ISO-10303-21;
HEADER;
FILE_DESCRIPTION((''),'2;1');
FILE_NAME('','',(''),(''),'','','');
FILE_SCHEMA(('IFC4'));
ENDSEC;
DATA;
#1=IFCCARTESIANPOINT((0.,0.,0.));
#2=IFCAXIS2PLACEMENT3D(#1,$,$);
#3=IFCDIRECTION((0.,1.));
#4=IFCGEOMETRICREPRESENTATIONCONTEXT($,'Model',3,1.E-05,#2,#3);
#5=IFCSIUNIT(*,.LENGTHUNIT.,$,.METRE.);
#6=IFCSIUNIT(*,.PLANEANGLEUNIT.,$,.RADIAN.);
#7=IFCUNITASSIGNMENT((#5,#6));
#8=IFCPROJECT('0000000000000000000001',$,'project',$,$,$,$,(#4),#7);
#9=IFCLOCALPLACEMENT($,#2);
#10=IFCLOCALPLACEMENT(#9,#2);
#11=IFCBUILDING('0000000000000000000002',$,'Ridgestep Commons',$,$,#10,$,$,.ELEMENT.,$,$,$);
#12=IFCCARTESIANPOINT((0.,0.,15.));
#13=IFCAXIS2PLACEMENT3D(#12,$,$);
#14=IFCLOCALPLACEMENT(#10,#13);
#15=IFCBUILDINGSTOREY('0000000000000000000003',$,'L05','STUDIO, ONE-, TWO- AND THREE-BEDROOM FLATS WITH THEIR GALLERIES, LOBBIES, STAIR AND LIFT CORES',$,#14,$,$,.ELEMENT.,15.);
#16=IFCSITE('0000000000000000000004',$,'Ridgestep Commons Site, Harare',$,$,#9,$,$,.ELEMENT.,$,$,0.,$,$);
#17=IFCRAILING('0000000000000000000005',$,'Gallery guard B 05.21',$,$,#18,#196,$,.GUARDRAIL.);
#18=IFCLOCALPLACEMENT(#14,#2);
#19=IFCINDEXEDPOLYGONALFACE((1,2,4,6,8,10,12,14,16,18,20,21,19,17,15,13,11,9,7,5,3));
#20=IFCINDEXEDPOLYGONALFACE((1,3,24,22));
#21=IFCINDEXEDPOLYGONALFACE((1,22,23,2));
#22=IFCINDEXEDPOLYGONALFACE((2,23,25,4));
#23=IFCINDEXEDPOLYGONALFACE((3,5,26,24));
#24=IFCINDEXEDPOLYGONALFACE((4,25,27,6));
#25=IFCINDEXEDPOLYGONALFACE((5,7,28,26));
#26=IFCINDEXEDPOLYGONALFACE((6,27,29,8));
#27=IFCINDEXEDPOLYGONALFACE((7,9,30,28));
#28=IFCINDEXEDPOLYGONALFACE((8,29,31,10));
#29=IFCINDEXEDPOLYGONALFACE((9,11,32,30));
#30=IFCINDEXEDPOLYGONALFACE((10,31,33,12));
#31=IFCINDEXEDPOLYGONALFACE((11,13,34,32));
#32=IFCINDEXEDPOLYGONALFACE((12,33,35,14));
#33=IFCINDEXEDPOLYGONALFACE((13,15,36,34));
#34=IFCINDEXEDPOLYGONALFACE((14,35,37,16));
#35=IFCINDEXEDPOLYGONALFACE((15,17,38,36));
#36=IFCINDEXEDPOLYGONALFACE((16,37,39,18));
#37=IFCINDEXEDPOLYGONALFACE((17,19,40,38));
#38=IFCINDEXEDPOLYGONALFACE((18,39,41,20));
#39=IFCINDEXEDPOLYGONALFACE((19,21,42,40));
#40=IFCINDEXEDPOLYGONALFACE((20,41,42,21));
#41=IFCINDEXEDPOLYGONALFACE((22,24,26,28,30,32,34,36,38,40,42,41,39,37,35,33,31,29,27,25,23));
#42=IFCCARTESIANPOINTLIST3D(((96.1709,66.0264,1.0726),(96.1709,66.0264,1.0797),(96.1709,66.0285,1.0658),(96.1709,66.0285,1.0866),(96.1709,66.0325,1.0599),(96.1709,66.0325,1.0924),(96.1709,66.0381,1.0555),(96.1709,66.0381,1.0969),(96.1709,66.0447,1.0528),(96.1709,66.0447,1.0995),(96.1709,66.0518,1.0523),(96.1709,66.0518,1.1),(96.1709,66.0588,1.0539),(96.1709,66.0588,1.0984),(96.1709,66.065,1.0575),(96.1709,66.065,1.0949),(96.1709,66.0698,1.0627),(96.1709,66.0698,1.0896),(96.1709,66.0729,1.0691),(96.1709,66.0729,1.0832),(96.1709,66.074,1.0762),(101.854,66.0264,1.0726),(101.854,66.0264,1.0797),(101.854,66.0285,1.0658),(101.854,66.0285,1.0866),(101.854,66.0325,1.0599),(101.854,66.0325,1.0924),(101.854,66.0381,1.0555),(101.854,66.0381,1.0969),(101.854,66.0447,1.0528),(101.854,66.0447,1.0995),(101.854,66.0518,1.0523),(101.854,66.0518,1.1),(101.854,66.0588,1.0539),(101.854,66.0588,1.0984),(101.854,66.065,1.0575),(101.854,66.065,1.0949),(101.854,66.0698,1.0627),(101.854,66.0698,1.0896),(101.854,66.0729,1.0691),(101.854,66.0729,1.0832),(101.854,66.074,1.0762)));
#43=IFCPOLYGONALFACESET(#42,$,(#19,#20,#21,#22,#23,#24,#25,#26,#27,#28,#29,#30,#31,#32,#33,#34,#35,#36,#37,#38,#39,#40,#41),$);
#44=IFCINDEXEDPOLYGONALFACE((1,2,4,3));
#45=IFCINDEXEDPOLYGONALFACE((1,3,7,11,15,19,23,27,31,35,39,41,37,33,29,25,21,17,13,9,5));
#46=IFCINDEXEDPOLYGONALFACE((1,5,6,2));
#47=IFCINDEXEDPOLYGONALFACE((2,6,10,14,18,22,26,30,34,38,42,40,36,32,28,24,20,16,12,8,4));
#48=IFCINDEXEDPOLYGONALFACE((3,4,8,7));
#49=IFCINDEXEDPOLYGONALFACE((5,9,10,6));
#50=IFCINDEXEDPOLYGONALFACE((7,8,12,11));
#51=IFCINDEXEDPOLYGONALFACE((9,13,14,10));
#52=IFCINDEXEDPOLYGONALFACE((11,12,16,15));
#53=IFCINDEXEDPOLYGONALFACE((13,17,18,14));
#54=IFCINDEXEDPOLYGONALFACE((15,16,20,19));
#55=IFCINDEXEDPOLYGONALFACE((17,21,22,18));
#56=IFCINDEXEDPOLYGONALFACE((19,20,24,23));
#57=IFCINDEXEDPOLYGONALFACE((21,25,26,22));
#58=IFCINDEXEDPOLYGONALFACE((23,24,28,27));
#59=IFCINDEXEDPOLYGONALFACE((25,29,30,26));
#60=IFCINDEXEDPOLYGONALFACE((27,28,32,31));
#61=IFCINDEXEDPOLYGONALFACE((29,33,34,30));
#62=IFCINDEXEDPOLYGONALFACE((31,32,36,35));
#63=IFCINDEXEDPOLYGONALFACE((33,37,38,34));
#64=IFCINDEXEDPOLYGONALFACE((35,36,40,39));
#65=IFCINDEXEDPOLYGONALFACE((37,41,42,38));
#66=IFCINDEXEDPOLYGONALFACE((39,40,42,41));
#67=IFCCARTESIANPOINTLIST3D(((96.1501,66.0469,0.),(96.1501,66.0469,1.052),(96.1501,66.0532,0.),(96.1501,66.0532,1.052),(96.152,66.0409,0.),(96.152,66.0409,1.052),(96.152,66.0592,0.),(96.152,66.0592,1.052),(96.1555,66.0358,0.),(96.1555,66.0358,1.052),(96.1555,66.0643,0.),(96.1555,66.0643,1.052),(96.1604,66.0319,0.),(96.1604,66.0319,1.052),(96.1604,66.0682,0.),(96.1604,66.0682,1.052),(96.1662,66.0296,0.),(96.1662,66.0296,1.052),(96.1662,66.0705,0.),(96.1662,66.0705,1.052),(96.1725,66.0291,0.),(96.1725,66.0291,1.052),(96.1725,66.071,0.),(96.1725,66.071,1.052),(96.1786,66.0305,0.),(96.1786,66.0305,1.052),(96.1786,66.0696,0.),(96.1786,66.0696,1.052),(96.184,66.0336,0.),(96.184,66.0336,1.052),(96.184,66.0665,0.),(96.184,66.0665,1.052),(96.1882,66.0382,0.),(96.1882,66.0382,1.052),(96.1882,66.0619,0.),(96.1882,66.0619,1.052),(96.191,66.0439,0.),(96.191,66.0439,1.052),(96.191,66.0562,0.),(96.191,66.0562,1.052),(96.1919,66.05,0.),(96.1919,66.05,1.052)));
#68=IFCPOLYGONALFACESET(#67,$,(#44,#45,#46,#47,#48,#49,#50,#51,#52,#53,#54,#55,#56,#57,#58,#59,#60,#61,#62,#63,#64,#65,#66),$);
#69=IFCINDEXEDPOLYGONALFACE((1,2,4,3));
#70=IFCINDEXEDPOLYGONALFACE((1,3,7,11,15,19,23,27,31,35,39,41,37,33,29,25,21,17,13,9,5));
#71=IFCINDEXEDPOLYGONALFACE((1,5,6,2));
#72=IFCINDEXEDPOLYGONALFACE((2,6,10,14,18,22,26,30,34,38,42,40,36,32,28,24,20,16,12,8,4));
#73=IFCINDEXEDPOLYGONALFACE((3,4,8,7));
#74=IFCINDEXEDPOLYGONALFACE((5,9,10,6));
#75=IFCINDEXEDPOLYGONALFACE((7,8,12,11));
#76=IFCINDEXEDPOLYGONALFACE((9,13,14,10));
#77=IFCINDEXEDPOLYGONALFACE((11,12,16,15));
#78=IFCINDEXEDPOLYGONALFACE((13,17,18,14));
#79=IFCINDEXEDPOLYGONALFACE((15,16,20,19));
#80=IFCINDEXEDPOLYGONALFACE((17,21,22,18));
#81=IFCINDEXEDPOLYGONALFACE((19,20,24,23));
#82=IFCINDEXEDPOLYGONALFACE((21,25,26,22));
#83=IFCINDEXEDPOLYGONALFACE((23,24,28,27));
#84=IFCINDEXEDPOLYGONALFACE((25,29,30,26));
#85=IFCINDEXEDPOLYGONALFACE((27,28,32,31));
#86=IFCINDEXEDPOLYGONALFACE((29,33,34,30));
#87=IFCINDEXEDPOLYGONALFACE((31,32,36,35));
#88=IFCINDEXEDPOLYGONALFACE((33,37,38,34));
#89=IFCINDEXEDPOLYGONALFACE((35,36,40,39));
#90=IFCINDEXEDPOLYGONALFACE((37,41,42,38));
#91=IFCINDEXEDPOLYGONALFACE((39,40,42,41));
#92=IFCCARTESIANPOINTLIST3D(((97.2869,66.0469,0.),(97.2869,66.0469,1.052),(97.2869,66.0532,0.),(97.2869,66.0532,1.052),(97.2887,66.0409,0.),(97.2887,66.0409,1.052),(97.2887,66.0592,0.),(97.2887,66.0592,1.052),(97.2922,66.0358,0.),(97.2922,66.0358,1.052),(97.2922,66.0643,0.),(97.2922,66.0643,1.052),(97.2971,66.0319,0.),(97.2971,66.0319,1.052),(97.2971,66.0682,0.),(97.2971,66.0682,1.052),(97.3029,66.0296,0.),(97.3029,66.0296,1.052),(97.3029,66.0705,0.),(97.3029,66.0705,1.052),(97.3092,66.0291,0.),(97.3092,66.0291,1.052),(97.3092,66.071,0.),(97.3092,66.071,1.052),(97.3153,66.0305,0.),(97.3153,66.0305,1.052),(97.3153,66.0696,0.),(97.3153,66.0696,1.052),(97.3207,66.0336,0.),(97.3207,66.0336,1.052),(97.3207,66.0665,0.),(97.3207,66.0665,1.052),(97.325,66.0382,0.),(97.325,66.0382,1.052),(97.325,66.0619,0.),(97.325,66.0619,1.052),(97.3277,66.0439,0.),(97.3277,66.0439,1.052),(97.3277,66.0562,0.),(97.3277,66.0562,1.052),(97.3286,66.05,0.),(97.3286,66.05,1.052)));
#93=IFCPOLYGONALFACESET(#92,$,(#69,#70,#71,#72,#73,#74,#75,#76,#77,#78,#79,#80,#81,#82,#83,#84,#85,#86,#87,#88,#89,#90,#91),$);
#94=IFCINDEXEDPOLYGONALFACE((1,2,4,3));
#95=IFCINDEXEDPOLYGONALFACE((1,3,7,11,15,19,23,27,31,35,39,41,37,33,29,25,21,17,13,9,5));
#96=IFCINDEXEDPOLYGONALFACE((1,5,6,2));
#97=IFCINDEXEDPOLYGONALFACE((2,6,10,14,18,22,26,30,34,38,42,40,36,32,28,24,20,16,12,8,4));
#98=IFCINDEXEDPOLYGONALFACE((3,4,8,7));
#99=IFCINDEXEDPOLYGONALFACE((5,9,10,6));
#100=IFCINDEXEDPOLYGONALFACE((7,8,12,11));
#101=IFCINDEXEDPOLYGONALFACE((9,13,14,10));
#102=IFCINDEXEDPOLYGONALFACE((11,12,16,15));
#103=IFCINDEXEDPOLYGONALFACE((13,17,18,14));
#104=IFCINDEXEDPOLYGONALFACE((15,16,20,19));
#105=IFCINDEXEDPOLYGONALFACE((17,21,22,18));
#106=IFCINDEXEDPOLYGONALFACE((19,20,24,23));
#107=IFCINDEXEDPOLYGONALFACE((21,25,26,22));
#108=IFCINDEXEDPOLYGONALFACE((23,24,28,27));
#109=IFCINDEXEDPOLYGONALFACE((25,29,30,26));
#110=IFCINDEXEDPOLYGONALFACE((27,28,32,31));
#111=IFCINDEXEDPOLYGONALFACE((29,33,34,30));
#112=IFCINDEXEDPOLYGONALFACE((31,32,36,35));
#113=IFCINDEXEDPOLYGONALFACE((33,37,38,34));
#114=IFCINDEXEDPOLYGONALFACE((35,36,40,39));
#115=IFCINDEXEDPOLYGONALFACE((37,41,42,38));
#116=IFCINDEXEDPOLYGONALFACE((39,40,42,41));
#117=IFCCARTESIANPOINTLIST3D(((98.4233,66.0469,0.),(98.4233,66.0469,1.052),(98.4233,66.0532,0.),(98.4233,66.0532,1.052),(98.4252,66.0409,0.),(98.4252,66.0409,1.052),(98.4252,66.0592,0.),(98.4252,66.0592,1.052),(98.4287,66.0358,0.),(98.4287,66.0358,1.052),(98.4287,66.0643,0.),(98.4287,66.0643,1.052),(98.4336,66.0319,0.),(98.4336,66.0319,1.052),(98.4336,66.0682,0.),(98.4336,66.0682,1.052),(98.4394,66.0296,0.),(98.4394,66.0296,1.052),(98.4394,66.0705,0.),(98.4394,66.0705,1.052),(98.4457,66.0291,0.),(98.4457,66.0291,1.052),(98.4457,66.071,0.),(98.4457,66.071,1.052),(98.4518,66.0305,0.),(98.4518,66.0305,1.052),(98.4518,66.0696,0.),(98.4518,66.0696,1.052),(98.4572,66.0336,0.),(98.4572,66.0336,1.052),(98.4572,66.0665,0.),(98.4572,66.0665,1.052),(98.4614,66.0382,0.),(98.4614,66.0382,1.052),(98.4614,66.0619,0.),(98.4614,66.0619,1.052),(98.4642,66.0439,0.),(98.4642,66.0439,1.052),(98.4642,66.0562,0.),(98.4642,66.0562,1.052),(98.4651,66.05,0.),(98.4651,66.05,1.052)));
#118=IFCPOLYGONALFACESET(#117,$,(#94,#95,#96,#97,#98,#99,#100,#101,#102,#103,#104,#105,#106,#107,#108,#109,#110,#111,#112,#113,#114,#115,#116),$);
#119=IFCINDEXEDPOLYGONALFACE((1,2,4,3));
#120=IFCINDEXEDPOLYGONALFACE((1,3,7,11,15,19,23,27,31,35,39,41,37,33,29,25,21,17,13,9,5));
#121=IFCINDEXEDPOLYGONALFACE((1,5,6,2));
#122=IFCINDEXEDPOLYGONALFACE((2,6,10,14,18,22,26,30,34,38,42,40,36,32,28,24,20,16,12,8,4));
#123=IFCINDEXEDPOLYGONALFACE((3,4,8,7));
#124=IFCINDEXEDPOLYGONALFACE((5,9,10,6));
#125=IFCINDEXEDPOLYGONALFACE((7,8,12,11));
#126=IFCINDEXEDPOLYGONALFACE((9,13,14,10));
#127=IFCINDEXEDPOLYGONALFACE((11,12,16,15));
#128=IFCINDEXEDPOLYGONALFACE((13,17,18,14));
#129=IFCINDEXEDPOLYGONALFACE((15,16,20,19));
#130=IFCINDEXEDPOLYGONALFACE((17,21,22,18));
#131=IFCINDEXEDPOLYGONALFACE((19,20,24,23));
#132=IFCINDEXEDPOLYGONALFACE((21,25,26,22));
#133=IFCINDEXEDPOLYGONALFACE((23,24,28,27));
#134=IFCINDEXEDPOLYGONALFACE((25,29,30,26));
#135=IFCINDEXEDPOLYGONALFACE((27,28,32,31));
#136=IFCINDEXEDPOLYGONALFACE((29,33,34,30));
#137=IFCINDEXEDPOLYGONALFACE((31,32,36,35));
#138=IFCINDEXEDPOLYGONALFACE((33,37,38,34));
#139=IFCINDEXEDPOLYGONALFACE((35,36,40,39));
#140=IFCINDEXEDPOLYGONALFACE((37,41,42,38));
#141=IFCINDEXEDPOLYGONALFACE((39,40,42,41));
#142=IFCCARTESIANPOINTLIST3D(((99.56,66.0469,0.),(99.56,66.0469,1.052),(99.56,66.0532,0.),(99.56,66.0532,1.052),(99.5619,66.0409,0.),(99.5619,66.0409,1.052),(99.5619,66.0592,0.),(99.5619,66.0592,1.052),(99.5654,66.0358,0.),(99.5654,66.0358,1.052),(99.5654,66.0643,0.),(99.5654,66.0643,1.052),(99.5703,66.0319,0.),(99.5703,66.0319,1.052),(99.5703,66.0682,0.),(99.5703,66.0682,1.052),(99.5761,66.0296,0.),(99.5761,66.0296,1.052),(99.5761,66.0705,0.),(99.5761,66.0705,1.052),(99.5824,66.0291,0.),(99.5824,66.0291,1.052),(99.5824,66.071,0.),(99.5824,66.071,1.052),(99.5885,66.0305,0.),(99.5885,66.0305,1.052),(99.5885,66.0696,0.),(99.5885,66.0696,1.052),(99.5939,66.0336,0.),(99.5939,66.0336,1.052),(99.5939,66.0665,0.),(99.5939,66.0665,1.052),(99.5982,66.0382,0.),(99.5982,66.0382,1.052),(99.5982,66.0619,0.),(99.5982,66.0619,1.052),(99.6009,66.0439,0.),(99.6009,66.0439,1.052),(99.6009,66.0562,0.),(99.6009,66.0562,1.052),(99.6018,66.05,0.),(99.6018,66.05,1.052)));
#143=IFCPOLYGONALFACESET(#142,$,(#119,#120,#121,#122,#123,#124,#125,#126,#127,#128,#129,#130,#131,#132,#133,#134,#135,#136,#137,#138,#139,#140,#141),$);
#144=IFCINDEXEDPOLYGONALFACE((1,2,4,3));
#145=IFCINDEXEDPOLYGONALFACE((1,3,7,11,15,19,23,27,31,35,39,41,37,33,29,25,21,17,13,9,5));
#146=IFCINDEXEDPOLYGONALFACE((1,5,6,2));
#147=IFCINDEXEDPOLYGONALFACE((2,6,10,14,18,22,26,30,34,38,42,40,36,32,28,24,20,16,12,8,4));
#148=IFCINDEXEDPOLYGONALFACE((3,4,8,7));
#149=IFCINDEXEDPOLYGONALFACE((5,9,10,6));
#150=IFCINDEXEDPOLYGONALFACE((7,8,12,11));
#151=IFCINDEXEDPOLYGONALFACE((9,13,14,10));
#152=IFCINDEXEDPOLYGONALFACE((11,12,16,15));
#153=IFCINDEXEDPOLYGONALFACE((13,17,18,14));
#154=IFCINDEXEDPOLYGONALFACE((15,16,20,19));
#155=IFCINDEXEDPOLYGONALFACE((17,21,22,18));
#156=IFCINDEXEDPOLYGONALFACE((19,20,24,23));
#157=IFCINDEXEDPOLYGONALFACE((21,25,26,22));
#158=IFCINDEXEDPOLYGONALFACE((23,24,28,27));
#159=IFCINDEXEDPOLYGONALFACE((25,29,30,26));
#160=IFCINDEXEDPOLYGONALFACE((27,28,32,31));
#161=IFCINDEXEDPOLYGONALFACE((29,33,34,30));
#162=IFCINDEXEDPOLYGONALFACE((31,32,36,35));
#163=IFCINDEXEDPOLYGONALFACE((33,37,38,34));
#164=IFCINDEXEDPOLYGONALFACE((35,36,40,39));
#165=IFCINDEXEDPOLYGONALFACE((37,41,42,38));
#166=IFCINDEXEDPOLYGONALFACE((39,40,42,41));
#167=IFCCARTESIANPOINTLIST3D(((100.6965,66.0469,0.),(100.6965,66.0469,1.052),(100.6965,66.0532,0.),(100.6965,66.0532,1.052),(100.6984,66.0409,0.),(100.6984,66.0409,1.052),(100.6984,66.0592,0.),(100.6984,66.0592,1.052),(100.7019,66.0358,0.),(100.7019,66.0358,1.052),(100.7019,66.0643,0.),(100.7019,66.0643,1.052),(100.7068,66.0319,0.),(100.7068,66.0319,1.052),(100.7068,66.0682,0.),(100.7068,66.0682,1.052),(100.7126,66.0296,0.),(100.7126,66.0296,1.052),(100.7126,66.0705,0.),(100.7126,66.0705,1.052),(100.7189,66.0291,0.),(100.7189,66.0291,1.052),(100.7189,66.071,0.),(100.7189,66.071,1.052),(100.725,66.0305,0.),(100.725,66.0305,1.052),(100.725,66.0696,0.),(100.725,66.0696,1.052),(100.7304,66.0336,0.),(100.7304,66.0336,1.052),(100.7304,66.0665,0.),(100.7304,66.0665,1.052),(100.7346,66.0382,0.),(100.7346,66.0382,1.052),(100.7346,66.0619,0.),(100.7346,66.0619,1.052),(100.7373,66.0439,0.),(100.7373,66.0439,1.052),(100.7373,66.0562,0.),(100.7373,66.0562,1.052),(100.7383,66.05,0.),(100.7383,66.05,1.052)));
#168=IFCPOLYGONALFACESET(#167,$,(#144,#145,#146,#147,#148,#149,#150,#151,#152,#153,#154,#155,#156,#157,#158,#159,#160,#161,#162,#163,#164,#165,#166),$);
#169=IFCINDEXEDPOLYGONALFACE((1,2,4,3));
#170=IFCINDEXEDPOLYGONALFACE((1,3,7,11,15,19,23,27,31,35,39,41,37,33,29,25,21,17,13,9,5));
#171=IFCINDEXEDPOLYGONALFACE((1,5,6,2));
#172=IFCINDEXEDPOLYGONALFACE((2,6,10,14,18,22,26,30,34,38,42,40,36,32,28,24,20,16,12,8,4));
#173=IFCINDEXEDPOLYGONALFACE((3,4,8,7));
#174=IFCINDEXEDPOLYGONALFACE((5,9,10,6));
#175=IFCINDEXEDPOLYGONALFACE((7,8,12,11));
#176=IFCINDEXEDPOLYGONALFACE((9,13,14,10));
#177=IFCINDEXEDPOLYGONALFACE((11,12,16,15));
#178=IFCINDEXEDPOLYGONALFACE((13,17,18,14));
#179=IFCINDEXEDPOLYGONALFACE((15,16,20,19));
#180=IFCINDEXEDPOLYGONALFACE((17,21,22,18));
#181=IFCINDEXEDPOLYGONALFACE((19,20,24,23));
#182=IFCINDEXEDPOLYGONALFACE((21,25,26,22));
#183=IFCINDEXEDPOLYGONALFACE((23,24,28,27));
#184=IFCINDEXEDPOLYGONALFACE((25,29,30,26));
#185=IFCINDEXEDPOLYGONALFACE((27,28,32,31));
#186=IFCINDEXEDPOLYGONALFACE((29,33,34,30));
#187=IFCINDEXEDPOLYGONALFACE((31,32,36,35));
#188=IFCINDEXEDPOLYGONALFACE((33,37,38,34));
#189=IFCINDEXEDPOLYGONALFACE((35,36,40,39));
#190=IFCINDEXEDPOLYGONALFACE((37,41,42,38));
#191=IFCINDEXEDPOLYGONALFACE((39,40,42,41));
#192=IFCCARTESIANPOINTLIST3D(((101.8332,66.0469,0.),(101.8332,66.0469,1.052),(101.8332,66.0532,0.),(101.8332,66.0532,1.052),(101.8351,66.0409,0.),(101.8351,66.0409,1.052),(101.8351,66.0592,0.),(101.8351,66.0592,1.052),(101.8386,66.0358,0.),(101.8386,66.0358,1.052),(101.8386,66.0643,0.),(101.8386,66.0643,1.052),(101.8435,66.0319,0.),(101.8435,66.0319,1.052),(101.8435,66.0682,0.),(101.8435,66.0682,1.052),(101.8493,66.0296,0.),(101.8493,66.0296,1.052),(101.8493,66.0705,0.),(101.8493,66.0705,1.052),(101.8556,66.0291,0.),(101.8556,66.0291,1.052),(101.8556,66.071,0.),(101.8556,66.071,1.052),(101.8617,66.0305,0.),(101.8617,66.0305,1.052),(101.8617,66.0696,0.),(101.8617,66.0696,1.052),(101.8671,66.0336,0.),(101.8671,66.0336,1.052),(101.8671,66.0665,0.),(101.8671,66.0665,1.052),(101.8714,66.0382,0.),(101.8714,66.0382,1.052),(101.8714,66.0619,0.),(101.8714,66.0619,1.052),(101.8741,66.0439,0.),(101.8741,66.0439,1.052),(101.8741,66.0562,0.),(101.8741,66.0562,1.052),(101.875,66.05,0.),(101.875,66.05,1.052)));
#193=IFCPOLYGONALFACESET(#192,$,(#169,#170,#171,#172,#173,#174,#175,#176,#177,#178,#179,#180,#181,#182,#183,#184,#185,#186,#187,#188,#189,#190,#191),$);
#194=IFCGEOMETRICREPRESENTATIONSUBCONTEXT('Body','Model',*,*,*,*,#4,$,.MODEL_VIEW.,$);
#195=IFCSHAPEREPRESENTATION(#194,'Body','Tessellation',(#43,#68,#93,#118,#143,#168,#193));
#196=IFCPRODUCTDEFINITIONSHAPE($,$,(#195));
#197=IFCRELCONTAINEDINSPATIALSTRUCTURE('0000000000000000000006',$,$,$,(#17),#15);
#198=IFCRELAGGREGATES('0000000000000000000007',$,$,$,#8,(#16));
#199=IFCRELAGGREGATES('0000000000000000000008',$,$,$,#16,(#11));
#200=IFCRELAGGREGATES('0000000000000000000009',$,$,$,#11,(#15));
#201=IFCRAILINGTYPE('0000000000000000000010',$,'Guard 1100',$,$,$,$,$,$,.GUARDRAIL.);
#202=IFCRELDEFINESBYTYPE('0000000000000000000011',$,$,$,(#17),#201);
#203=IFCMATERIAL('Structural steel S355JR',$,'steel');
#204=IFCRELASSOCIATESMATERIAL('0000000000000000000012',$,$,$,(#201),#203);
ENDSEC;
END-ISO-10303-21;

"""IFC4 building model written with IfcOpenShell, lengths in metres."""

from ifc_helpers import new_model, si_unit, direction, frame, origin, origin_2d, place, context, subcontext, project, spatial, circle, extrude, material, type_object, element, save


model = new_model("IFC4")

# Units and contexts
model_context = context("Model", 3, precision=1e-05, world=origin(), true_north=direction((0.0, 1.0)))
body_context = subcontext(model_context, "Body", "Model", "MODEL_VIEW")
ifc_project = project(units=[si_unit("LENGTHUNIT", "METRE"), si_unit("PLANEANGLEUNIT", "RADIAN")], contexts=[model_context])

# Site, building, storey
site_placement = place(None, origin())
site = spatial("IfcSite", under=ifc_project, at=site_placement, Name="Ridgestep Commons Site, Harare", CompositionType="ELEMENT", RefElevation=0.0)
building_placement = place(site_placement, origin())
building = spatial("IfcBuilding", under=site, at=building_placement, Name="Ridgestep Commons", CompositionType="ELEMENT")
storey_placement = place(building_placement, frame((0.0, 0.0, 15.0)))
storey = spatial("IfcBuildingStorey", under=building, at=storey_placement, Name="L05", Description="STUDIO, ONE-, TWO- AND THREE-BEDROOM FLATS WITH THEIR GALLERIES, LOBBIES, STAIR AND LIFT CORES", CompositionType="ELEMENT", Elevation=15.0)

# Railing
ifc_material_1 = material(Name="Structural steel S355JR", Category="steel")
railing_type_1 = type_object("IfcRailingType", Name="Guard 1100", PredefinedType="GUARDRAIL", material=ifc_material_1)
railing_1_placement = place(storey_placement, frame((96.1709, 66.05, 0.0)))
element("IfcRailing", 1, at=railing_1_placement, inside=storey, type_object=railing_type_1, Name="Gallery guard B 05.21", PredefinedType="GUARDRAIL", context=body_context, shape_type="SweptSolid", body=[
    extrude(circle(Radius=0.0239, at=origin_2d()), frame((0.0, 0.0, 1.0762), z_axis=(1.0, 0.0, 0.0), x_axis=(0.0, 1.0, 0.0)), (0.0, 0.0, 1.0), 5.6831),
    extrude(circle(Radius=0.021, at=origin_2d()), origin(), (0.0, 0.0, 1.0), 1.052),
    extrude(circle(Radius=0.021, at=origin_2d()), frame((1.1367, 0.0, 0.0)), (0.0, 0.0, 1.0), 1.052),
    extrude(circle(Radius=0.021, at=origin_2d()), frame((2.2732, 0.0, 0.0)), (0.0, 0.0, 1.0), 1.052),
    extrude(circle(Radius=0.021, at=origin_2d()), frame((3.4099, 0.0, 0.0)), (0.0, 0.0, 1.0), 1.052),
    extrude(circle(Radius=0.021, at=origin_2d()), frame((4.5464, 0.0, 0.0)), (0.0, 0.0, 1.0), 1.052),
    extrude(circle(Radius=0.021, at=origin_2d()), frame((5.6831, 0.0, 0.0)), (0.0, 0.0, 1.0), 1.052),
])

save(model, "model.ifc")
